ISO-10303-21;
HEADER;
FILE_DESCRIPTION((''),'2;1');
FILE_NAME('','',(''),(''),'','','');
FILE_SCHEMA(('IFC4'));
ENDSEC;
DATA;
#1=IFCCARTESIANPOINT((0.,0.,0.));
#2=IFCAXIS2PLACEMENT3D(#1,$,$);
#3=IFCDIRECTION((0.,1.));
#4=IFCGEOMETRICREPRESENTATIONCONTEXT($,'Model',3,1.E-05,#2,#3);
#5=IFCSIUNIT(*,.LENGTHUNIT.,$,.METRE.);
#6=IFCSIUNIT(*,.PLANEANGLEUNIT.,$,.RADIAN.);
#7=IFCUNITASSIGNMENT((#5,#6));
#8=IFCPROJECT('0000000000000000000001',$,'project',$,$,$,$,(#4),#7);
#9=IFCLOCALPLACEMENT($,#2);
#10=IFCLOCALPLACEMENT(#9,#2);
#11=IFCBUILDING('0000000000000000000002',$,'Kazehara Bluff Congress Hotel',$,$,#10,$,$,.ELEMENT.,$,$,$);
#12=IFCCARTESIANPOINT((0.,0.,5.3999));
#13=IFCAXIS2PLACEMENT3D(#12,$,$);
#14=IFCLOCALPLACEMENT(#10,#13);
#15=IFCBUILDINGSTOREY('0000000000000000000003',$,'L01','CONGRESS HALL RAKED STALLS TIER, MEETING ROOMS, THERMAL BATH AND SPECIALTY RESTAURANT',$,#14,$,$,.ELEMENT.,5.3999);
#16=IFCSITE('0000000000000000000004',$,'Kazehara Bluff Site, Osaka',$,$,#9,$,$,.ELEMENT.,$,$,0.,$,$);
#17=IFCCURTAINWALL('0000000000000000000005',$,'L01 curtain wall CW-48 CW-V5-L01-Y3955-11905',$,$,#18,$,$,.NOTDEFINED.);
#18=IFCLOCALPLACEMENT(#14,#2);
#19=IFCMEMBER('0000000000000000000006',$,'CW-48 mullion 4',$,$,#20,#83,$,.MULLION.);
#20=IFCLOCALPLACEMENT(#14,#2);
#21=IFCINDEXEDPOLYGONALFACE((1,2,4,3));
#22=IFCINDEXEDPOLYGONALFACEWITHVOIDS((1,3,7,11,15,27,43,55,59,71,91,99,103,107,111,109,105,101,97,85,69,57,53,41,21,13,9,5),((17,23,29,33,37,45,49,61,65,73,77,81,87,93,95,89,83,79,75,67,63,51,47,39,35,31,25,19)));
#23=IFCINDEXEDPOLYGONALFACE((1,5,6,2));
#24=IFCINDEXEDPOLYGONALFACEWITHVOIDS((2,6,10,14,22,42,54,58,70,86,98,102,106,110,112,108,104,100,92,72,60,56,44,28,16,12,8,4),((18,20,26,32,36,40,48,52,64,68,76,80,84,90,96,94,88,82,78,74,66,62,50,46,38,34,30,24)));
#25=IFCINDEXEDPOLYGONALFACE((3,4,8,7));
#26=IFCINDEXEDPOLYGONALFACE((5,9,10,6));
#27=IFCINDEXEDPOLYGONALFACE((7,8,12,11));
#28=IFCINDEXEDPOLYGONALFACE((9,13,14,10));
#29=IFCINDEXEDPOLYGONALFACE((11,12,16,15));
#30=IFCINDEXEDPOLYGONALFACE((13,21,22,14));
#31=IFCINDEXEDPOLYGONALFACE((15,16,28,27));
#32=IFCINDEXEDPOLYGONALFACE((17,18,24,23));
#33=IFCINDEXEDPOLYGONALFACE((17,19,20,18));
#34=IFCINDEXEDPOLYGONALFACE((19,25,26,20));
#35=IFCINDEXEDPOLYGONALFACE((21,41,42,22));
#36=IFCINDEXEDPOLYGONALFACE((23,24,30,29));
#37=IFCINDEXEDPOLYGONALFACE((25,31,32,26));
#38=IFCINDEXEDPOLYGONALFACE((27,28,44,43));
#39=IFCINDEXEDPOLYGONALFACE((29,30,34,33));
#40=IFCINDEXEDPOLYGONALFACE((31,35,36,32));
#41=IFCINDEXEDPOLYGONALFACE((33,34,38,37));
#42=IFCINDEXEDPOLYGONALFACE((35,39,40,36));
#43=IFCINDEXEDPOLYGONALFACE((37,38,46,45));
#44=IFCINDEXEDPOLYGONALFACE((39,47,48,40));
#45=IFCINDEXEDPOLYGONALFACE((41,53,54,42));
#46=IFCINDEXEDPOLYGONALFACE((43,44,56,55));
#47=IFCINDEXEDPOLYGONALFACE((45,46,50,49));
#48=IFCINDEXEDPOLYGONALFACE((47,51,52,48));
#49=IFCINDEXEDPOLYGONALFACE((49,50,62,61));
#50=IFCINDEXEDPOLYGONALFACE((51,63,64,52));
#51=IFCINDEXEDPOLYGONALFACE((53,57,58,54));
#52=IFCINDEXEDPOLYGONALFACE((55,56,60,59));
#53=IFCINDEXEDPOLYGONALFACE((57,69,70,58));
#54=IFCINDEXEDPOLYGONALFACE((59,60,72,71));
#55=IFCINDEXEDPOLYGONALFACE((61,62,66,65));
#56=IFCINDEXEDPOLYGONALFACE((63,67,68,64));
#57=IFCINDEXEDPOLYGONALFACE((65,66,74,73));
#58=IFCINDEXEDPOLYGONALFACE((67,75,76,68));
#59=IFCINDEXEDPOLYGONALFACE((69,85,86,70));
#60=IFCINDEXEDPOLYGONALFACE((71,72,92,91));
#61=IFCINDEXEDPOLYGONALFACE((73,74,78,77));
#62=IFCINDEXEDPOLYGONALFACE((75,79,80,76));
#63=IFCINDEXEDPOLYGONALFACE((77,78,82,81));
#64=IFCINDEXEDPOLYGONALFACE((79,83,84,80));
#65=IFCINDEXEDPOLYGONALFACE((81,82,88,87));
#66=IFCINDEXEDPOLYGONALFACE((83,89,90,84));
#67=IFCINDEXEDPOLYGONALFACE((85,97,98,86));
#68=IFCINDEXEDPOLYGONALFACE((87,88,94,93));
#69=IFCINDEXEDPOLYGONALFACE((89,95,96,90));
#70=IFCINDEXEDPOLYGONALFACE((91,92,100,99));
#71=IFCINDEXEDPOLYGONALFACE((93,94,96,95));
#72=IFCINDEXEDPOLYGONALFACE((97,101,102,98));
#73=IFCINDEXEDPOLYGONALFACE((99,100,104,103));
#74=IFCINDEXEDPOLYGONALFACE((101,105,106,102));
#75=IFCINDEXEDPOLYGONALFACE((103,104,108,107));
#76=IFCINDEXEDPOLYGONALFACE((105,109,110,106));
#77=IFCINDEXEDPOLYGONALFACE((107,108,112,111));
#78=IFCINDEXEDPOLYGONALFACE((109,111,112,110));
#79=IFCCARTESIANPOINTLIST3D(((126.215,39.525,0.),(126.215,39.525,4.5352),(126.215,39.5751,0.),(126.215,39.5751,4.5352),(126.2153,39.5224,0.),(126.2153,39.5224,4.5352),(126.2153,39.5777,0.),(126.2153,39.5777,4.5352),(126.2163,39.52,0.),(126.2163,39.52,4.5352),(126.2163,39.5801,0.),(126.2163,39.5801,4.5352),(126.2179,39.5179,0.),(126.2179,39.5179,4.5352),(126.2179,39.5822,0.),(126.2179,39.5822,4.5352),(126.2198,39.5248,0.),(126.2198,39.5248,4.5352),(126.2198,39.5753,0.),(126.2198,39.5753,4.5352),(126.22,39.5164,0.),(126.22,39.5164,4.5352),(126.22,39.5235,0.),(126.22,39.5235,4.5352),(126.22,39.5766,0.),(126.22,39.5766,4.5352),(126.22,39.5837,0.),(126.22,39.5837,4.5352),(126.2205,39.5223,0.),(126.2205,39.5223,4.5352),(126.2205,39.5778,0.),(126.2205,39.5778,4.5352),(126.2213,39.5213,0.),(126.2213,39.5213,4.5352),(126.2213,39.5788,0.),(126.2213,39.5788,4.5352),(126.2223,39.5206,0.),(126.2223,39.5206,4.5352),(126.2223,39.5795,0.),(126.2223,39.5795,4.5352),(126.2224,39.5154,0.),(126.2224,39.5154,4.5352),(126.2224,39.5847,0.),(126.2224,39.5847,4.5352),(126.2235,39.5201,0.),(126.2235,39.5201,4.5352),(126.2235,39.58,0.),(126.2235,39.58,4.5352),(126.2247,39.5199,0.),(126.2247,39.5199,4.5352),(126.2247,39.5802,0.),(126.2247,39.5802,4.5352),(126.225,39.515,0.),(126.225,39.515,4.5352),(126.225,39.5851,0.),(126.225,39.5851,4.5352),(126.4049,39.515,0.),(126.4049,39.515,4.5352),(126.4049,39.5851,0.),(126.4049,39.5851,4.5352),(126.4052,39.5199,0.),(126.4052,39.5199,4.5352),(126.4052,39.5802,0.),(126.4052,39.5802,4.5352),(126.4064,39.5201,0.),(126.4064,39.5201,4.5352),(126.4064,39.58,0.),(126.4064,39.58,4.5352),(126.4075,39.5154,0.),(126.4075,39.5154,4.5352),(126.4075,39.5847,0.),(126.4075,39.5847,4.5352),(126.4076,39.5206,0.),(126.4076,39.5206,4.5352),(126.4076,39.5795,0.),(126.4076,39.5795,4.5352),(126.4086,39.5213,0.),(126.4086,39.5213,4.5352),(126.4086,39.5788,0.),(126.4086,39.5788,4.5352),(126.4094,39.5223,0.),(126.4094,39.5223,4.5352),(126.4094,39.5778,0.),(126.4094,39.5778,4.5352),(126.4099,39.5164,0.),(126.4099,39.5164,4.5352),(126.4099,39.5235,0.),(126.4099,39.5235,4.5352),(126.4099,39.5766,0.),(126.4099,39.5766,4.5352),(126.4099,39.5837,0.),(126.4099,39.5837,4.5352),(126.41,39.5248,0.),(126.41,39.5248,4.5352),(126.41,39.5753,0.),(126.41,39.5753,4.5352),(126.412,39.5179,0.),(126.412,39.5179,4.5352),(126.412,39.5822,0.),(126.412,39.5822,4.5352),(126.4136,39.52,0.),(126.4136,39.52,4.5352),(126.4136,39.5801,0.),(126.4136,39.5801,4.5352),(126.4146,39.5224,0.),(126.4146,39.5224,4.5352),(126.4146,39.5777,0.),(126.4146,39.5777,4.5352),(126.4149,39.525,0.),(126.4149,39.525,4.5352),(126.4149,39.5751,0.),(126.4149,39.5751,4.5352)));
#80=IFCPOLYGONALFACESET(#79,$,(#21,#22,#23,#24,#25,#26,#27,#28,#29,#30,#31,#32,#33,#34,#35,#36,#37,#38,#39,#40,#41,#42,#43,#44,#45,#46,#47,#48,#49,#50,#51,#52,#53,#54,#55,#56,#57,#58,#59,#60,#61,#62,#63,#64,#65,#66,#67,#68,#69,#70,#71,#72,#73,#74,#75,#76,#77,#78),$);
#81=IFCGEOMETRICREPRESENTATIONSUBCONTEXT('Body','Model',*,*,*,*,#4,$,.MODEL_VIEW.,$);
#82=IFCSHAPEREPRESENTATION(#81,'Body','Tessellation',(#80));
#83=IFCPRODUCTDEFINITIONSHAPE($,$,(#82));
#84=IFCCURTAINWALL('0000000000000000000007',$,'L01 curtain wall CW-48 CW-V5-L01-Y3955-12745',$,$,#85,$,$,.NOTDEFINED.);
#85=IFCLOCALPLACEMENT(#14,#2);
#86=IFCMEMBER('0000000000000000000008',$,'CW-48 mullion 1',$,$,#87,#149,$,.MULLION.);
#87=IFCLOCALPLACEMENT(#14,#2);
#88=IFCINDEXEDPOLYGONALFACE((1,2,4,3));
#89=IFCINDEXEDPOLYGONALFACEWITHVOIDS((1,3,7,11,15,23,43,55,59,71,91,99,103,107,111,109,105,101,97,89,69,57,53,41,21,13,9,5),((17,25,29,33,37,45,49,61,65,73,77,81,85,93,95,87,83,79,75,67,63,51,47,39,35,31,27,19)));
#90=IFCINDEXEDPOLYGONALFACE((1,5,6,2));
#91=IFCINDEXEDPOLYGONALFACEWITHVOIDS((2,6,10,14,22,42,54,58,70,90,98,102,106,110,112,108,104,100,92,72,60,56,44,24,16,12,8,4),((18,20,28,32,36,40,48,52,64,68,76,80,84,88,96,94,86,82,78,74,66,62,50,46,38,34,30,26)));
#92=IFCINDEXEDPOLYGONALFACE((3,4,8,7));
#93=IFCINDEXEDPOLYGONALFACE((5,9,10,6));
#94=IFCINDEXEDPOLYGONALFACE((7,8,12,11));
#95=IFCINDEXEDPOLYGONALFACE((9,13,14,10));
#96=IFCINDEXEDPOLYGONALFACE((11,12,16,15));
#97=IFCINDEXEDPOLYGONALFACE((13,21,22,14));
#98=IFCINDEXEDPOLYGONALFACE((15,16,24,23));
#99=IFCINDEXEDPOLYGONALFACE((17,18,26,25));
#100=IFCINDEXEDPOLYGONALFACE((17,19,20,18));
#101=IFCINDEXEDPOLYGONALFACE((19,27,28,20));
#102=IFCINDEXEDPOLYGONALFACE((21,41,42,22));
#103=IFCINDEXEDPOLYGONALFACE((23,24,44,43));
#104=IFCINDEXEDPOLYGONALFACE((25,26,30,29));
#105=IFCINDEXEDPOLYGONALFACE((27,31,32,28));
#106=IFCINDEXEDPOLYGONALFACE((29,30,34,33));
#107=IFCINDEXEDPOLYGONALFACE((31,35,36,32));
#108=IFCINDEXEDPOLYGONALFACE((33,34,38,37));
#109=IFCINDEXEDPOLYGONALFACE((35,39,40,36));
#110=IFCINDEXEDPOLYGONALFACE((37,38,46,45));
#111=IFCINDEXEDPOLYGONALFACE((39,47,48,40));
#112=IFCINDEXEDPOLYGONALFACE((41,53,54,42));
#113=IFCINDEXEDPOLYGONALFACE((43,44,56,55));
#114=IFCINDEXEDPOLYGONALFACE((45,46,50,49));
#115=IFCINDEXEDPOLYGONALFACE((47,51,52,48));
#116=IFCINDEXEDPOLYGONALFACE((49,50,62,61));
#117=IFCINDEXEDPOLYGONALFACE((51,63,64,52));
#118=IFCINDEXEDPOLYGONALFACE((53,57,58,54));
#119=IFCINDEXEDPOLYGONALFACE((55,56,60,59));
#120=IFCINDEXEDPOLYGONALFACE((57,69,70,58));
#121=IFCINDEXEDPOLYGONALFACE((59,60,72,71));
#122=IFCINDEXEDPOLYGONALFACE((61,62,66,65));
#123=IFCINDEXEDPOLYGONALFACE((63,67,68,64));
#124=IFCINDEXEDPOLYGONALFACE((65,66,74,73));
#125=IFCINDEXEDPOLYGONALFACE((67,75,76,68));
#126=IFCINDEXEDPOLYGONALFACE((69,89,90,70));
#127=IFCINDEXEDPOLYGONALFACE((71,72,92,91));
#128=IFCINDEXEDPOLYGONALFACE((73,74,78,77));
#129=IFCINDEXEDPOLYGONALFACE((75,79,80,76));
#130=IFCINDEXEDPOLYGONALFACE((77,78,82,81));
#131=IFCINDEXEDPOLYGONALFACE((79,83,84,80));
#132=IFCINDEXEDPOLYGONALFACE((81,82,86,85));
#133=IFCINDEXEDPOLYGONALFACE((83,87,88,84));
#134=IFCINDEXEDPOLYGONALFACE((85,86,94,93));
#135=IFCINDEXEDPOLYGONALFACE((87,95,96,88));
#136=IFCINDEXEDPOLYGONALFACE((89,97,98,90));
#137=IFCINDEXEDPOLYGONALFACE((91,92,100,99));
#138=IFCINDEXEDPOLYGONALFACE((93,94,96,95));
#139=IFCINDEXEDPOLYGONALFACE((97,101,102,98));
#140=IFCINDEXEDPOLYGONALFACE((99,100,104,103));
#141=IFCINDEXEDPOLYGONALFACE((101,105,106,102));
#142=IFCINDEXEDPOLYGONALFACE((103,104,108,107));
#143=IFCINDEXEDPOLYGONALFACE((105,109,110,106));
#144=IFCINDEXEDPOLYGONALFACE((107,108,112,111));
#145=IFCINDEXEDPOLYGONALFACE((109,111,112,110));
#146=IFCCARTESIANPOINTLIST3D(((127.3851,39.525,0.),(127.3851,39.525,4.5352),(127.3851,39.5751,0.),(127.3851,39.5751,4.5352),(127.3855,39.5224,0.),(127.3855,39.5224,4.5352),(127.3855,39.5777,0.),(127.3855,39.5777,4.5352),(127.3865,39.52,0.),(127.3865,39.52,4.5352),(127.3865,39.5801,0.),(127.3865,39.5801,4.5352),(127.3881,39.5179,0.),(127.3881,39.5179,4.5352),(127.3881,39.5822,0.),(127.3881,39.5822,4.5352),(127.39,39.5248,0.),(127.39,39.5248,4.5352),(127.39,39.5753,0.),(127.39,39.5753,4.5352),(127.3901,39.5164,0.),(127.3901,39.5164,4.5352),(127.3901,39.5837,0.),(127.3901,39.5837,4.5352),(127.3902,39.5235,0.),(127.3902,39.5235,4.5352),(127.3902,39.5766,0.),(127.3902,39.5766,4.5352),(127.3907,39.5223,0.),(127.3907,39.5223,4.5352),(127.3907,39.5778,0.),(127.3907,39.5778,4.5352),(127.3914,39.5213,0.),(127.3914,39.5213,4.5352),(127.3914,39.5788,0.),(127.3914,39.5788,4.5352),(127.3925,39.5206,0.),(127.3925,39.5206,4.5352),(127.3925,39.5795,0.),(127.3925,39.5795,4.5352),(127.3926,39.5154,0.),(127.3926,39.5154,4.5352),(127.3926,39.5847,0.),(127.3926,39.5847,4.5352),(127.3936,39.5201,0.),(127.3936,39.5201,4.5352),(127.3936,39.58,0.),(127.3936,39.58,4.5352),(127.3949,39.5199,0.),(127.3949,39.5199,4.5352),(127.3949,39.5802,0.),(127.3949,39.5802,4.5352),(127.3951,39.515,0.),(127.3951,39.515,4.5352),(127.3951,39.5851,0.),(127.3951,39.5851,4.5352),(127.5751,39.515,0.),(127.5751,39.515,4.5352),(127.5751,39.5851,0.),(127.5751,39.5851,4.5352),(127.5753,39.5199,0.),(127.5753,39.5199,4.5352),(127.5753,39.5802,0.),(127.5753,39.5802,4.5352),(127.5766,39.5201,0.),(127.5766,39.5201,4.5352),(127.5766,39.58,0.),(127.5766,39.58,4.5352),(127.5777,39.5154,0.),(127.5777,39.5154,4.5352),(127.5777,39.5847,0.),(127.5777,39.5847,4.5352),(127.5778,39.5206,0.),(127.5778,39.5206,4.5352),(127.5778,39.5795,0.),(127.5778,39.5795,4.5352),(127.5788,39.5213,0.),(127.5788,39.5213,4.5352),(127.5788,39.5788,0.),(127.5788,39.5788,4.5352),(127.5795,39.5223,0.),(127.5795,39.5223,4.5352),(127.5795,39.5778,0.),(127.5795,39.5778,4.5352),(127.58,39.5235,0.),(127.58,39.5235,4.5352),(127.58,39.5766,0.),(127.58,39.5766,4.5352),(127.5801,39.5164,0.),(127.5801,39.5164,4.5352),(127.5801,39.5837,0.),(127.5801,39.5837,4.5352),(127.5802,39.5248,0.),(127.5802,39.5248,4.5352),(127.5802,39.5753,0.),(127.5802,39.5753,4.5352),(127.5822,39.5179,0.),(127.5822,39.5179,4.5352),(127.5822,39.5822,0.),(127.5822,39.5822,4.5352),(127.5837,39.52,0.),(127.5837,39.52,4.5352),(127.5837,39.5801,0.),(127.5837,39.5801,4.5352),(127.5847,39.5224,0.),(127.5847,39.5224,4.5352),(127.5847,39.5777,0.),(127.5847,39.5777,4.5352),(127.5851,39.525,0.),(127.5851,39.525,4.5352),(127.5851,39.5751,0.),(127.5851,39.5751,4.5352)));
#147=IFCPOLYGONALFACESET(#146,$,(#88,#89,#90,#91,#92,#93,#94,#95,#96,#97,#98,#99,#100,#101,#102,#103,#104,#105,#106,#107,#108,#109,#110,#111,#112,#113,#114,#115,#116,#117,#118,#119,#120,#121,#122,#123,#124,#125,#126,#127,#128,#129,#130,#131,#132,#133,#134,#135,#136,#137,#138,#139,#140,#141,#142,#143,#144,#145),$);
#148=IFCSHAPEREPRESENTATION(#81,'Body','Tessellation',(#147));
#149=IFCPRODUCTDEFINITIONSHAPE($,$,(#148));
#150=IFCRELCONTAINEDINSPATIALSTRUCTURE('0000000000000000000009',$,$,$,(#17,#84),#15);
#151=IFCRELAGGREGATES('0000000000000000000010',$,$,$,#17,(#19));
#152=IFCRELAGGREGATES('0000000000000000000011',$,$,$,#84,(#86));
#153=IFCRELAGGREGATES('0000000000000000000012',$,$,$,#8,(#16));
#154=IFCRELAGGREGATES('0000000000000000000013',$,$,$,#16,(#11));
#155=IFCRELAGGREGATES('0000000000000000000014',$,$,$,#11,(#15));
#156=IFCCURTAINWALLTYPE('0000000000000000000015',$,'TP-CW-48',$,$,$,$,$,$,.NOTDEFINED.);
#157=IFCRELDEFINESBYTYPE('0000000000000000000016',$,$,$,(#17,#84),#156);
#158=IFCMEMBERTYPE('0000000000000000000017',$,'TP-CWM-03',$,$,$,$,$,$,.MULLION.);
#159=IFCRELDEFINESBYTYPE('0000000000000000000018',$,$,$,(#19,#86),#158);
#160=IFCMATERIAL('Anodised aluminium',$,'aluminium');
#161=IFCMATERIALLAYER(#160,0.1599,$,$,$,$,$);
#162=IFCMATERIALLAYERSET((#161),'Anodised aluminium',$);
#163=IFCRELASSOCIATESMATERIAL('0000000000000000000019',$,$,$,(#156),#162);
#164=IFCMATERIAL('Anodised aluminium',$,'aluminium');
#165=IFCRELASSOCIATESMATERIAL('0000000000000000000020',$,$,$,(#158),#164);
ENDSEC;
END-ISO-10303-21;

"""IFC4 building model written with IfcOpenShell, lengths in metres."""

from ifc_helpers import new_model, si_unit, direction, frame, origin, origin_2d, place, context, subcontext, project, spatial, hollow_rectangle, extrude, material, layer, layer_set, material_profile, profile_set, type_object, element, aggregate, save


model = new_model("IFC4")

# Units and contexts
model_context = context("Model", 3, precision=1e-05, world=origin(), true_north=direction((0.0, 1.0)))
body_context = subcontext(model_context, "Body", "Model", "MODEL_VIEW")
ifc_project = project(units=[si_unit("LENGTHUNIT", "METRE"), si_unit("PLANEANGLEUNIT", "RADIAN")], contexts=[model_context])

# Site, building, storey
site_placement = place(None, origin())
site = spatial("IfcSite", under=ifc_project, at=site_placement, Name="Kazehara Bluff Site, Osaka", CompositionType="ELEMENT", RefElevation=0.0)
building_placement = place(site_placement, origin())
building = spatial("IfcBuilding", under=site, at=building_placement, Name="Kazehara Bluff Congress Hotel", CompositionType="ELEMENT")
storey_placement = place(building_placement, frame((0.0, 0.0, 5.3999)))
storey = spatial("IfcBuildingStorey", under=building, at=storey_placement, Name="L01", Description="CONGRESS HALL RAKED STALLS TIER, MEETING ROOMS, THERMAL BATH AND SPECIALTY RESTAURANT", CompositionType="ELEMENT", Elevation=5.3999)

# Curtain wall, member
ifc_material_1 = material(Name="Anodised aluminium", Category="aluminium")
ifc_layer_1 = layer(ifc_material_1, 0.1599)
ifc_layer_set_1 = layer_set([ifc_layer_1], Name="Anodised aluminium")
curtain_wall_type_1 = type_object("IfcCurtainWallType", Name="TP-CW-48", PredefinedType="NOTDEFINED", material=ifc_layer_set_1)
curtain_wall_1_placement = place(storey_placement, origin())
curtain_wall_1 = element("IfcCurtainWall", 1, at=curtain_wall_1_placement, inside=storey, type_object=curtain_wall_type_1, Name="L01 curtain wall CW-48 CW-V5-L01-Y3955-11905", PredefinedType="NOTDEFINED")
ifc_material_2 = material(Name="Anodised aluminium", Category="aluminium")
ifc_material_profile_1 = material_profile(ifc_material_2, hollow_rectangle(XDim=0.0701, YDim=0.2, WallThickness=0.0049, InnerFilletRadius=0.0049, OuterFilletRadius=0.01, at=origin_2d()))
ifc_profile_set_1 = profile_set([ifc_material_profile_1], Name="Anodised aluminium")
member_type_1 = type_object("IfcMemberType", Name="TP-CWM-03", PredefinedType="MULLION", material=ifc_profile_set_1)
member_1_placement = place(storey_placement, frame((126.3149, 39.55, 0.0), z_axis=(0.0, 0.0, 1.0), x_axis=(0.0, 1.0, 0.0)))
member_1 = element("IfcMember", 2, at=member_1_placement, type_object=member_type_1, Name="CW-48 mullion 4", PredefinedType="MULLION", context=body_context, shape_type="SweptSolid", body=[
    extrude(hollow_rectangle(XDim=0.0701, YDim=0.2, WallThickness=0.0049, InnerFilletRadius=0.0049, OuterFilletRadius=0.01, at=origin_2d()), origin(), (0.0, 0.0, 1.0), 4.5352),
])

# Curtain wall, member
curtain_wall_2_placement = place(storey_placement, origin())
curtain_wall_2 = element("IfcCurtainWall", 3, at=curtain_wall_2_placement, inside=storey, type_object=curtain_wall_type_1, Name="L01 curtain wall CW-48 CW-V5-L01-Y3955-12745", PredefinedType="NOTDEFINED")
member_2_placement = place(storey_placement, frame((127.4851, 39.55, 0.0), z_axis=(0.0, 0.0, 1.0), x_axis=(0.0, 1.0, 0.0)))
member_2 = element("IfcMember", 4, at=member_2_placement, type_object=member_type_1, Name="CW-48 mullion 1", PredefinedType="MULLION", context=body_context, shape_type="SweptSolid", body=[
    extrude(hollow_rectangle(XDim=0.0701, YDim=0.2, WallThickness=0.0049, InnerFilletRadius=0.0049, OuterFilletRadius=0.01, at=origin_2d()), origin(), (0.0, 0.0, 1.0), 4.5352),
])

aggregate(curtain_wall_1, [member_1])
aggregate(curtain_wall_2, [member_2])

save(model, "model.ifc")
